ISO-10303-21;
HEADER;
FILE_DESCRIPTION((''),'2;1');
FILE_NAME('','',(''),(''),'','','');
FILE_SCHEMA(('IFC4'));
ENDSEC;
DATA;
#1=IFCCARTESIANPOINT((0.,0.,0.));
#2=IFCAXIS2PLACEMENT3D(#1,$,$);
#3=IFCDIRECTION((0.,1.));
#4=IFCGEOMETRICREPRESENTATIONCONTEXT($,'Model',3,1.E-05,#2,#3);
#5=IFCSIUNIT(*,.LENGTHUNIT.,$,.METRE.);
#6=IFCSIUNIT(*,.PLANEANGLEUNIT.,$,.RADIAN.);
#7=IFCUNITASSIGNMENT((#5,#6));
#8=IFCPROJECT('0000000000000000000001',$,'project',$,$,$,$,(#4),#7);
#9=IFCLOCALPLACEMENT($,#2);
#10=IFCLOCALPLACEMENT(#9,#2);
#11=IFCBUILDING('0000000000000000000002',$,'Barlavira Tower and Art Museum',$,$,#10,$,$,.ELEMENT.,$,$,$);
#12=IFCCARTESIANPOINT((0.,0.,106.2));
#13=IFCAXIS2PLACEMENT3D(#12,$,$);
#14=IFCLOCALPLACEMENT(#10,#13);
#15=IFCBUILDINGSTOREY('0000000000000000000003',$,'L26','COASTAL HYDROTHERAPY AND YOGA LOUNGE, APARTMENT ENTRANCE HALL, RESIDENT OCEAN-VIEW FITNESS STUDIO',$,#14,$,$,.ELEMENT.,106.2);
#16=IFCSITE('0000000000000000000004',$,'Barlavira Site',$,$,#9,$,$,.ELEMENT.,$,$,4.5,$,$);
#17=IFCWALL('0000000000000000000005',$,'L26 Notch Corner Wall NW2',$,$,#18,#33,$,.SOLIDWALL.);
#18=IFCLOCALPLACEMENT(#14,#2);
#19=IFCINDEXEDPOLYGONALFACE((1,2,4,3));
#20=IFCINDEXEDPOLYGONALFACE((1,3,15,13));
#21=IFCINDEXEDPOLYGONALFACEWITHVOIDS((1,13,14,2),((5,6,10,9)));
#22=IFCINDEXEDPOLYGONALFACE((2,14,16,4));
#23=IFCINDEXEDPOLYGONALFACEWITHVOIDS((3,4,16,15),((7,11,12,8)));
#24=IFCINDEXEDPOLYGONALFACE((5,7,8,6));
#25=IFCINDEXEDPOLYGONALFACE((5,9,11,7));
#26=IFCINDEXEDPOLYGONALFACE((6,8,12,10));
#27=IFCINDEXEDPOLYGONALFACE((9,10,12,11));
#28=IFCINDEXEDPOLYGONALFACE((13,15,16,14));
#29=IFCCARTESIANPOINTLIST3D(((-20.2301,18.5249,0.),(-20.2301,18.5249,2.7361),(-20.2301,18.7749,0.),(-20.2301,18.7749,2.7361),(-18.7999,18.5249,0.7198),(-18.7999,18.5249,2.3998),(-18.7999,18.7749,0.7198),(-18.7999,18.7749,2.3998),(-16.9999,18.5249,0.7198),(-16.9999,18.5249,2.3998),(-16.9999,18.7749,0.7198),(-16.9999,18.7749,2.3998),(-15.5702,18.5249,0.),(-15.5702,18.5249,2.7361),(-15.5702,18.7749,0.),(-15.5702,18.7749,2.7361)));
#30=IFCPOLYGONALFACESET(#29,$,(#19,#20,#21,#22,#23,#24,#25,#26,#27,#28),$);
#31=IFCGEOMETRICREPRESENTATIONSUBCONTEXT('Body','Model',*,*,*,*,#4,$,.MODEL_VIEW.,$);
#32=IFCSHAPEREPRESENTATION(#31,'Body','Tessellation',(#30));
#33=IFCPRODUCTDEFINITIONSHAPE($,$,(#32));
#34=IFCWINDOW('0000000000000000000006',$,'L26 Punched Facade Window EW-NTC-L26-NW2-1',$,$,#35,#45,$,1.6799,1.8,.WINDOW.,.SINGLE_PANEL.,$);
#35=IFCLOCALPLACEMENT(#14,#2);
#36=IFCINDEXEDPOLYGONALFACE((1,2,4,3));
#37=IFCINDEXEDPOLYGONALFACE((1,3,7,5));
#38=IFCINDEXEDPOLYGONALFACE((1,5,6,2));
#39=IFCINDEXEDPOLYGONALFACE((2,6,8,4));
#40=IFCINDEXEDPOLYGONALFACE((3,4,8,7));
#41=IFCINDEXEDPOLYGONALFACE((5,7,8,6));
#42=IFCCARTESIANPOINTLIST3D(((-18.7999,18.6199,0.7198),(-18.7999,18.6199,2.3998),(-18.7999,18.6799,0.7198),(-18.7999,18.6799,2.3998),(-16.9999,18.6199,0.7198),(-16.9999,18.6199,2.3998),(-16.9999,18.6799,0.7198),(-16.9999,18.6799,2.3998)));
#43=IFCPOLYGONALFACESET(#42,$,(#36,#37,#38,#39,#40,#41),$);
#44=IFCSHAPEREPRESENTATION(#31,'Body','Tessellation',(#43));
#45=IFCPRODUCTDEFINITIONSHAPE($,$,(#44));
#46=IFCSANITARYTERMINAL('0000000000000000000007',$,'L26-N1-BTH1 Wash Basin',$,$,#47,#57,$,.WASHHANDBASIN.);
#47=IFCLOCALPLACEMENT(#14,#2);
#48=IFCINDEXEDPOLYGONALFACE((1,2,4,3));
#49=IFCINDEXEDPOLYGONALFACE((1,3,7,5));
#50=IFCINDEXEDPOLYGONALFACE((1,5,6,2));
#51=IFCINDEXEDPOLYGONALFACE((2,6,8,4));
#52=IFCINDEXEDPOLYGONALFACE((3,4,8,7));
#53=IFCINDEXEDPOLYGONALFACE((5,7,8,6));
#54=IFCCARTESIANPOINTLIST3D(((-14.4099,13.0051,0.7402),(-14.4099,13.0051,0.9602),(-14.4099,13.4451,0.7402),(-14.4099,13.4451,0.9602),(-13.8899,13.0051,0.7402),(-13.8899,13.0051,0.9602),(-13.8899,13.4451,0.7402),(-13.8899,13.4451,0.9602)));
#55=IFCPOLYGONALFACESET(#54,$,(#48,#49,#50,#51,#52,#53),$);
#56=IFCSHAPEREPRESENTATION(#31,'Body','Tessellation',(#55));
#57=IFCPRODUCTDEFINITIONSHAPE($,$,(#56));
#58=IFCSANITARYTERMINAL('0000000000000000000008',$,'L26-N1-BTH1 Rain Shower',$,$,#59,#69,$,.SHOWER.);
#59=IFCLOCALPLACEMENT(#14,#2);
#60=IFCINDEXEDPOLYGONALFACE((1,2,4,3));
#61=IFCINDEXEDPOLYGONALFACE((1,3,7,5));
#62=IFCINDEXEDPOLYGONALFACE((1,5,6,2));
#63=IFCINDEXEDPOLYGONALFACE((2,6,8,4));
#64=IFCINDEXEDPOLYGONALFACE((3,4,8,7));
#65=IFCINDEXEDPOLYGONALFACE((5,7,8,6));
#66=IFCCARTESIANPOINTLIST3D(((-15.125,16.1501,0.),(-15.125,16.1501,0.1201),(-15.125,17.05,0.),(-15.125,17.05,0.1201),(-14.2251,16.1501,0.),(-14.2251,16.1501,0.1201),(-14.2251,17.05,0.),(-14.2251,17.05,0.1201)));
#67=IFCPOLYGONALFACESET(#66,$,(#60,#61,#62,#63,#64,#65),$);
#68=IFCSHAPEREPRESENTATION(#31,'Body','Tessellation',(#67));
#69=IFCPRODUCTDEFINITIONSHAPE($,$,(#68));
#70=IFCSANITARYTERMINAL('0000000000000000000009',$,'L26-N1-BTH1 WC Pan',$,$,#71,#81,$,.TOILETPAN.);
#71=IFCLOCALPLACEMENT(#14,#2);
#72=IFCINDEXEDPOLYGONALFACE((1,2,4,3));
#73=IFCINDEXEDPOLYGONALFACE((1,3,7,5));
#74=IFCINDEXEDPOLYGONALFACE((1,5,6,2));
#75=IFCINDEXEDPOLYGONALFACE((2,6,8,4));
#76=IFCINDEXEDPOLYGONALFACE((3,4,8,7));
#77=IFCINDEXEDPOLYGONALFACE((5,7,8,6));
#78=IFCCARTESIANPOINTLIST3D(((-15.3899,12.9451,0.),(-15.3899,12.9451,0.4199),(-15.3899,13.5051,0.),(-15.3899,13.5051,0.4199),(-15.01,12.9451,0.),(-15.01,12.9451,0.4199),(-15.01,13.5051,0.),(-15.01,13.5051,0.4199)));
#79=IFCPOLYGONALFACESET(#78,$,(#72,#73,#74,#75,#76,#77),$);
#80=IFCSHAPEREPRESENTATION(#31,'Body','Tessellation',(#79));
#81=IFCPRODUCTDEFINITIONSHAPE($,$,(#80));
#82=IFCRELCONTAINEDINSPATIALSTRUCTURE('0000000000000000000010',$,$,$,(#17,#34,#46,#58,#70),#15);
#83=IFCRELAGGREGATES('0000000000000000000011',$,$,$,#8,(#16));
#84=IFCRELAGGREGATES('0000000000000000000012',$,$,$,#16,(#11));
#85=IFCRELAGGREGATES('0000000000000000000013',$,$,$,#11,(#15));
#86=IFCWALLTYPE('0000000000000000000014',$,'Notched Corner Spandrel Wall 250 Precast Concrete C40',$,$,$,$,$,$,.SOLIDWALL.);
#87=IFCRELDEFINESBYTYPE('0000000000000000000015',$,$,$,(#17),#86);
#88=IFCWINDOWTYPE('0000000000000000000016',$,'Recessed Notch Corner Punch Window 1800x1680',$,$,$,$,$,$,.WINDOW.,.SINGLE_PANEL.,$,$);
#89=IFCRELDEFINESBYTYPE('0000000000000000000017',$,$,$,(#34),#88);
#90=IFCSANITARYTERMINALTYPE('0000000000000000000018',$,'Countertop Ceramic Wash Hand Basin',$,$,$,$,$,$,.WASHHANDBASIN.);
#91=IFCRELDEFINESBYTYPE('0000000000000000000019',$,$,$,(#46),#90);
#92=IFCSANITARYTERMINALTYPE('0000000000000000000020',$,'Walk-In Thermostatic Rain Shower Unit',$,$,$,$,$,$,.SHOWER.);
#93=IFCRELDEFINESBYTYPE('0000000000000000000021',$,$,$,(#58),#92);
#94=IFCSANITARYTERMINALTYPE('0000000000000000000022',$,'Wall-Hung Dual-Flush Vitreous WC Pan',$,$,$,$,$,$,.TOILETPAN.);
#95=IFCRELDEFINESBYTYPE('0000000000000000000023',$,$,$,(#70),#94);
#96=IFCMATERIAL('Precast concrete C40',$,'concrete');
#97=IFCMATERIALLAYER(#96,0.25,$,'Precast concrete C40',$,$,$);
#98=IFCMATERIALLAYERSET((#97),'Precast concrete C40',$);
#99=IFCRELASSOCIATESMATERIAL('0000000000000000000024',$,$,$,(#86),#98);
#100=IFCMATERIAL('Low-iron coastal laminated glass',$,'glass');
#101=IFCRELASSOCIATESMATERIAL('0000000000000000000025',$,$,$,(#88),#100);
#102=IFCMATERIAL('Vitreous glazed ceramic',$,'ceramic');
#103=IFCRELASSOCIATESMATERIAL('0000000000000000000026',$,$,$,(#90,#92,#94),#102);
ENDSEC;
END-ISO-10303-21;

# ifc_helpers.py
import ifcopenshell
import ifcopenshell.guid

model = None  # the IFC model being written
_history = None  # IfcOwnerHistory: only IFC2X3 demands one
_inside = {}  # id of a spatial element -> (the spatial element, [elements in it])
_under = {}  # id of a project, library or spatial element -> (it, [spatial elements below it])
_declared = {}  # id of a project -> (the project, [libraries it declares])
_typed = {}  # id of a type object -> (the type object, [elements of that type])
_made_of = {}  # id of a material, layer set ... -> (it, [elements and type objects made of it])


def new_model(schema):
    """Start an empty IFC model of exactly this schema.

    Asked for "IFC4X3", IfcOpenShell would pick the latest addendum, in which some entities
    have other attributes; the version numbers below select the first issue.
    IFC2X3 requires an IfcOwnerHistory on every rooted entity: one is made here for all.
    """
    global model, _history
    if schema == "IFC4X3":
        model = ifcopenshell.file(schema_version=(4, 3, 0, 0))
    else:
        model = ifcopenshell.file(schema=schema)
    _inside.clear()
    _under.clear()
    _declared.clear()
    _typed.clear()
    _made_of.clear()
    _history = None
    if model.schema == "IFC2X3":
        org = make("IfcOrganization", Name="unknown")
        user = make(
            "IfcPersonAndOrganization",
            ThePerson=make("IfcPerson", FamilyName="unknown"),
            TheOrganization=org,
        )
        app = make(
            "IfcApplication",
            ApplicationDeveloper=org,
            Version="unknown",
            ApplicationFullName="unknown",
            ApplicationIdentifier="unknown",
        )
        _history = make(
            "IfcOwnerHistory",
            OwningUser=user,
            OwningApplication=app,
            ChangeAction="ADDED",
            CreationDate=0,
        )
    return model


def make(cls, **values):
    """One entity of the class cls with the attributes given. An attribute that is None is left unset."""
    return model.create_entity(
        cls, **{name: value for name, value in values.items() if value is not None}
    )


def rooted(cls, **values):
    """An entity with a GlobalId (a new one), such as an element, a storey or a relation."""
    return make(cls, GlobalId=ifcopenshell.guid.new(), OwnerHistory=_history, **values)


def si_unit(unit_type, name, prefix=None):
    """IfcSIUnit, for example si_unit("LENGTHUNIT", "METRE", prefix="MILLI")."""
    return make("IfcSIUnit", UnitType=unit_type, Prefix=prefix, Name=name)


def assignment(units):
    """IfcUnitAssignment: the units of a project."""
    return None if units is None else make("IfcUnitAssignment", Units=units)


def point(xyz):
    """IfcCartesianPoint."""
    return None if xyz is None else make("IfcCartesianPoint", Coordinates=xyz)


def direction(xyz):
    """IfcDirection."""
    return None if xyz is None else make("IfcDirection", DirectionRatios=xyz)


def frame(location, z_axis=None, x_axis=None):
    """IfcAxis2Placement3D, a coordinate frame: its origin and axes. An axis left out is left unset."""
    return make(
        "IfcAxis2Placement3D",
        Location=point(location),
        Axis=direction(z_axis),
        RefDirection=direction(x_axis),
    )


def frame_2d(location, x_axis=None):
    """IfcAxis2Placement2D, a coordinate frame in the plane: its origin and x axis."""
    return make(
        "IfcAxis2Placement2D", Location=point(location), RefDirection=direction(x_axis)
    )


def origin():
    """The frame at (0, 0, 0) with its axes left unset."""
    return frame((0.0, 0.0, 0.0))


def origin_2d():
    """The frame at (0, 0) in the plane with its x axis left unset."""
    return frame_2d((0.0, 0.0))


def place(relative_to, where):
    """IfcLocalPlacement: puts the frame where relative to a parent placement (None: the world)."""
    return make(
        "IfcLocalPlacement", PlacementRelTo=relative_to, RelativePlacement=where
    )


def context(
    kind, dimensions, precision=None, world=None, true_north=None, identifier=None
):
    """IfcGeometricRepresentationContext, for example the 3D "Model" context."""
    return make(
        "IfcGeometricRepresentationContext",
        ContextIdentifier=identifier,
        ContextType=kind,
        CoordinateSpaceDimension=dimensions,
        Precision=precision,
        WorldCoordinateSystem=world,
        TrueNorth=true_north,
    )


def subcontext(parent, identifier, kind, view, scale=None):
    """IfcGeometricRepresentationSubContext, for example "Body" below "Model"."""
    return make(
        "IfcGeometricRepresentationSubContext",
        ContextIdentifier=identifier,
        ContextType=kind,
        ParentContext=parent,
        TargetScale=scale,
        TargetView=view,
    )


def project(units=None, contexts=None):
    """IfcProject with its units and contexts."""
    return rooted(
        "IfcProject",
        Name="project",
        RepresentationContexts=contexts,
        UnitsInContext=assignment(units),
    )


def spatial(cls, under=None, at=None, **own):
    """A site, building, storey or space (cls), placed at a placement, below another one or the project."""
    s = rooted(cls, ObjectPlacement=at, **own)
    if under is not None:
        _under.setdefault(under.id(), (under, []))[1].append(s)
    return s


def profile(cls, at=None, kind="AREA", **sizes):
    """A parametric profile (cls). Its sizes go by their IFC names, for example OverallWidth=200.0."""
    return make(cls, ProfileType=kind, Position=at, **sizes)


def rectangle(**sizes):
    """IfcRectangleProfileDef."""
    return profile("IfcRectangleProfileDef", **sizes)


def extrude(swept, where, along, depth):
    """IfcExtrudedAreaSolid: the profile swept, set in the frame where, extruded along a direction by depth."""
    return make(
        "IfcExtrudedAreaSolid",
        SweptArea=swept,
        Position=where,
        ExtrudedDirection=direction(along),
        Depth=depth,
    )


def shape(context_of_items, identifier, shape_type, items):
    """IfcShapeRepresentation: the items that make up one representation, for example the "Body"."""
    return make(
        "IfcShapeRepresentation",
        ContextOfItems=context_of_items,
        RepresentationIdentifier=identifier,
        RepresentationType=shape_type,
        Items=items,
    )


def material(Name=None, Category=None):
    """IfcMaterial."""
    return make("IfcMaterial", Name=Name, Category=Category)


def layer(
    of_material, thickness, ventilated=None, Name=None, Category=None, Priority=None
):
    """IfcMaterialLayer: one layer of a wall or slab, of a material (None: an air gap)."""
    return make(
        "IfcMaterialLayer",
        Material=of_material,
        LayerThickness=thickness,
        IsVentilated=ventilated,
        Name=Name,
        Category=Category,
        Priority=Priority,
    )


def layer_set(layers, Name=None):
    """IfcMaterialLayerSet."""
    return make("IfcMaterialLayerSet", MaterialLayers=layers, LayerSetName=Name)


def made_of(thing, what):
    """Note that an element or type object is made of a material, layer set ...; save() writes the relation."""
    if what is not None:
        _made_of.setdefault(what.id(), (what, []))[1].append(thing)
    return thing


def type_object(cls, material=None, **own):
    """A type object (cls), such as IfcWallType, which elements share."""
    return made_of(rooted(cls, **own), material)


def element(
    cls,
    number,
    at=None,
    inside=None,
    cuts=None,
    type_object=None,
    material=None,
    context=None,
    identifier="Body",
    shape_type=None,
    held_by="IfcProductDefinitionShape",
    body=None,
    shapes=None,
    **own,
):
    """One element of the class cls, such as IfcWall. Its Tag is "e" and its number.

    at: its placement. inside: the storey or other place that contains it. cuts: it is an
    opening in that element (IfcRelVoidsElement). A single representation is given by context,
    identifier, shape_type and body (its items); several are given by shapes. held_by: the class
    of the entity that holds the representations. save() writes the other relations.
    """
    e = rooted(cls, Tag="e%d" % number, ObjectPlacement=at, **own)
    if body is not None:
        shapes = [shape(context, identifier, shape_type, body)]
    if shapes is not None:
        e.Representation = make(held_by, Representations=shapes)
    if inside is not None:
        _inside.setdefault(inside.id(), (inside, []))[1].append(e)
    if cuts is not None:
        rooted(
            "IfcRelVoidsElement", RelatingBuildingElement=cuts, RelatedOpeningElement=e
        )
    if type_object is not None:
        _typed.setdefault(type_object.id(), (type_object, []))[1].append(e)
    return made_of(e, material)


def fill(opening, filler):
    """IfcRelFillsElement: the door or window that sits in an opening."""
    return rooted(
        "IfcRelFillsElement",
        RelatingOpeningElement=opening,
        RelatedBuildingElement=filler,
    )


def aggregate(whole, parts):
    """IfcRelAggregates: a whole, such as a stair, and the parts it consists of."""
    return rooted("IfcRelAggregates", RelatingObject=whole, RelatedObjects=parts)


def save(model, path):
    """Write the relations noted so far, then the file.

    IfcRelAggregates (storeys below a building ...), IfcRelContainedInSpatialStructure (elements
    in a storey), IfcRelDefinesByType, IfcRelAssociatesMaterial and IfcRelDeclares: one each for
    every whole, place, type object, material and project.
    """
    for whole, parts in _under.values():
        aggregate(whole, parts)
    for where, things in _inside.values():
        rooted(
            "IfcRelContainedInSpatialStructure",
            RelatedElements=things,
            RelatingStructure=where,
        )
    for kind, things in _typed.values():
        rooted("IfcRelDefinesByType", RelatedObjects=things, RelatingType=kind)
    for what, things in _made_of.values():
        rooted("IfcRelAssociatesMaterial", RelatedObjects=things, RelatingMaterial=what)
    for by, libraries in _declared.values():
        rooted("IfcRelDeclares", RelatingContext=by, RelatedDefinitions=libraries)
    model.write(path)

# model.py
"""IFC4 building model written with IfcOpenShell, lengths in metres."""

from ifc_helpers import new_model, si_unit, direction, frame, frame_2d, origin, origin_2d, place, context, subcontext, project, spatial, rectangle, extrude, material, layer, layer_set, type_object, element, fill, save


model = new_model("IFC4")

# Units and contexts
model_context = context("Model", 3, precision=1e-05, world=origin(), true_north=direction((0.0, 1.0)))
body_context = subcontext(model_context, "Body", "Model", "MODEL_VIEW")
ifc_project = project(units=[si_unit("LENGTHUNIT", "METRE"), si_unit("PLANEANGLEUNIT", "RADIAN")], contexts=[model_context])

# Site, building, storey
site_placement = place(None, origin())
site = spatial("IfcSite", under=ifc_project, at=site_placement, Name="Barlavira Site", CompositionType="ELEMENT", RefElevation=4.5)
building_placement = place(site_placement, origin())
building = spatial("IfcBuilding", under=site, at=building_placement, Name="Barlavira Tower and Art Museum", CompositionType="ELEMENT")
storey_placement = place(building_placement, frame((0.0, 0.0, 106.2)))
storey = spatial("IfcBuildingStorey", under=building, at=storey_placement, Name="L26", Description="COASTAL HYDROTHERAPY AND YOGA LOUNGE, APARTMENT ENTRANCE HALL, RESIDENT OCEAN-VIEW FITNESS STUDIO", CompositionType="ELEMENT", Elevation=106.2)

# Wall, opening, window
ifc_material_1 = material(Name="Precast concrete C40", Category="concrete")
ifc_layer_1 = layer(ifc_material_1, 0.25, Name="Precast concrete C40")
ifc_layer_set_1 = layer_set([ifc_layer_1], Name="Precast concrete C40")
wall_type_1 = type_object("IfcWallType", Name="Notched Corner Spandrel Wall 250 Precast Concrete C40", PredefinedType="SOLIDWALL", material=ifc_layer_set_1)
ifc_material_2 = material(Name="Low-iron coastal laminated glass", Category="glass")
window_type = type_object("IfcWindowType", Name="Recessed Notch Corner Punch Window 1800x1680", PartitioningType="SINGLE_PANEL", PredefinedType="WINDOW", material=ifc_material_2)
wall_1_placement = place(storey_placement, frame((-15.5701, 18.6499, 0.0), z_axis=(0.0, 0.0, 1.0), x_axis=(-1.0, 0.0, 0.0)))
wall_1 = element("IfcWall", 1, at=wall_1_placement, inside=storey, type_object=wall_type_1, Name="L26 Notch Corner Wall NW2", PredefinedType="SOLIDWALL", context=body_context, shape_type="SweptSolid", body=[
    extrude(rectangle(XDim=4.6599, YDim=0.25, at=frame_2d((2.3301, 0.0))), origin(), (0.0, 0.0, 1.0), 2.7361),
])
opening_1_placement = place(wall_1_placement, frame((1.4299, 0.0, 0.72)))
opening_1 = element("IfcOpeningElement", 2, at=opening_1_placement, cuts=wall_1, PredefinedType="OPENING", context=body_context, shape_type="SweptSolid", body=[
    extrude(rectangle(XDim=1.8, YDim=1.6799, at=frame_2d((0.8999, 0.8398))), frame((0.0, 0.135, 0.0), z_axis=(0.0, -1.0, 0.0), x_axis=(1.0, 0.0, 0.0)), (0.0, 0.0, 1.0), 0.27),
])
window_1_placement = place(opening_1_placement, origin())
window_1 = element("IfcWindow", 3, at=window_1_placement, inside=storey, type_object=window_type, Name="L26 Punched Facade Window EW-NTC-L26-NW2-1", OverallHeight=1.6799, OverallWidth=1.8, PartitioningType="SINGLE_PANEL", PredefinedType="WINDOW", context=body_context, shape_type="SweptSolid", body=[
    extrude(rectangle(XDim=1.8, YDim=1.6799, at=frame_2d((0.8999, 0.8398))), frame((0.0, 0.03, 0.0), z_axis=(0.0, -1.0, 0.0), x_axis=(1.0, 0.0, 0.0)), (0.0, 0.0, 1.0), 0.0601),
])
fill(opening_1, window_1)

# Sanitary terminals
ifc_material_3 = material(Name="Vitreous glazed ceramic", Category="ceramic")
sanitary_terminal_type_1 = type_object("IfcSanitaryTerminalType", Name="Countertop Ceramic Wash Hand Basin", PredefinedType="WASHHANDBASIN", material=ifc_material_3)
sanitary_terminal_1_placement = place(storey_placement, frame((-14.1499, 13.2251, 0.7402), z_axis=(0.0, 0.0, 1.0), x_axis=(1.0, 0.0, 0.0)))
element("IfcSanitaryTerminal", 4, at=sanitary_terminal_1_placement, inside=storey, type_object=sanitary_terminal_type_1, Name="L26-N1-BTH1 Wash Basin", PredefinedType="WASHHANDBASIN", context=body_context, shape_type="SweptSolid", body=[
    extrude(rectangle(XDim=0.52, YDim=0.4399, at=origin_2d()), origin(), (0.0, 0.0, 1.0), 0.22),
])
sanitary_terminal_type_2 = type_object("IfcSanitaryTerminalType", Name="Walk-In Thermostatic Rain Shower Unit", PredefinedType="SHOWER", material=ifc_material_3)
sanitary_terminal_2_placement = place(storey_placement, frame((-14.675, 16.6001, 0.0), z_axis=(0.0, 0.0, 1.0), x_axis=(1.0, 0.0, 0.0)))
element("IfcSanitaryTerminal", 5, at=sanitary_terminal_2_placement, inside=storey, type_object=sanitary_terminal_type_2, Name="L26-N1-BTH1 Rain Shower", PredefinedType="SHOWER", context=body_context, shape_type="SweptSolid", body=[
    extrude(rectangle(XDim=0.8999, YDim=0.8999, at=origin_2d()), origin(), (0.0, 0.0, 1.0), 0.1201),
])
sanitary_terminal_type_3 = type_object("IfcSanitaryTerminalType", Name="Wall-Hung Dual-Flush Vitreous WC Pan", PredefinedType="TOILETPAN", material=ifc_material_3)
sanitary_terminal_3_placement = place(storey_placement, frame((-15.2, 13.2251, 0.0), z_axis=(0.0, 0.0, 1.0), x_axis=(1.0, 0.0, 0.0)))
element("IfcSanitaryTerminal", 6, at=sanitary_terminal_3_placement, inside=storey, type_object=sanitary_terminal_type_3, Name="L26-N1-BTH1 WC Pan", PredefinedType="TOILETPAN", context=body_context, shape_type="SweptSolid", body=[
    extrude(rectangle(XDim=0.3799, YDim=0.5601, at=origin_2d()), origin(), (0.0, 0.0, 1.0), 0.4199),
])

save(model, "model.ifc")
